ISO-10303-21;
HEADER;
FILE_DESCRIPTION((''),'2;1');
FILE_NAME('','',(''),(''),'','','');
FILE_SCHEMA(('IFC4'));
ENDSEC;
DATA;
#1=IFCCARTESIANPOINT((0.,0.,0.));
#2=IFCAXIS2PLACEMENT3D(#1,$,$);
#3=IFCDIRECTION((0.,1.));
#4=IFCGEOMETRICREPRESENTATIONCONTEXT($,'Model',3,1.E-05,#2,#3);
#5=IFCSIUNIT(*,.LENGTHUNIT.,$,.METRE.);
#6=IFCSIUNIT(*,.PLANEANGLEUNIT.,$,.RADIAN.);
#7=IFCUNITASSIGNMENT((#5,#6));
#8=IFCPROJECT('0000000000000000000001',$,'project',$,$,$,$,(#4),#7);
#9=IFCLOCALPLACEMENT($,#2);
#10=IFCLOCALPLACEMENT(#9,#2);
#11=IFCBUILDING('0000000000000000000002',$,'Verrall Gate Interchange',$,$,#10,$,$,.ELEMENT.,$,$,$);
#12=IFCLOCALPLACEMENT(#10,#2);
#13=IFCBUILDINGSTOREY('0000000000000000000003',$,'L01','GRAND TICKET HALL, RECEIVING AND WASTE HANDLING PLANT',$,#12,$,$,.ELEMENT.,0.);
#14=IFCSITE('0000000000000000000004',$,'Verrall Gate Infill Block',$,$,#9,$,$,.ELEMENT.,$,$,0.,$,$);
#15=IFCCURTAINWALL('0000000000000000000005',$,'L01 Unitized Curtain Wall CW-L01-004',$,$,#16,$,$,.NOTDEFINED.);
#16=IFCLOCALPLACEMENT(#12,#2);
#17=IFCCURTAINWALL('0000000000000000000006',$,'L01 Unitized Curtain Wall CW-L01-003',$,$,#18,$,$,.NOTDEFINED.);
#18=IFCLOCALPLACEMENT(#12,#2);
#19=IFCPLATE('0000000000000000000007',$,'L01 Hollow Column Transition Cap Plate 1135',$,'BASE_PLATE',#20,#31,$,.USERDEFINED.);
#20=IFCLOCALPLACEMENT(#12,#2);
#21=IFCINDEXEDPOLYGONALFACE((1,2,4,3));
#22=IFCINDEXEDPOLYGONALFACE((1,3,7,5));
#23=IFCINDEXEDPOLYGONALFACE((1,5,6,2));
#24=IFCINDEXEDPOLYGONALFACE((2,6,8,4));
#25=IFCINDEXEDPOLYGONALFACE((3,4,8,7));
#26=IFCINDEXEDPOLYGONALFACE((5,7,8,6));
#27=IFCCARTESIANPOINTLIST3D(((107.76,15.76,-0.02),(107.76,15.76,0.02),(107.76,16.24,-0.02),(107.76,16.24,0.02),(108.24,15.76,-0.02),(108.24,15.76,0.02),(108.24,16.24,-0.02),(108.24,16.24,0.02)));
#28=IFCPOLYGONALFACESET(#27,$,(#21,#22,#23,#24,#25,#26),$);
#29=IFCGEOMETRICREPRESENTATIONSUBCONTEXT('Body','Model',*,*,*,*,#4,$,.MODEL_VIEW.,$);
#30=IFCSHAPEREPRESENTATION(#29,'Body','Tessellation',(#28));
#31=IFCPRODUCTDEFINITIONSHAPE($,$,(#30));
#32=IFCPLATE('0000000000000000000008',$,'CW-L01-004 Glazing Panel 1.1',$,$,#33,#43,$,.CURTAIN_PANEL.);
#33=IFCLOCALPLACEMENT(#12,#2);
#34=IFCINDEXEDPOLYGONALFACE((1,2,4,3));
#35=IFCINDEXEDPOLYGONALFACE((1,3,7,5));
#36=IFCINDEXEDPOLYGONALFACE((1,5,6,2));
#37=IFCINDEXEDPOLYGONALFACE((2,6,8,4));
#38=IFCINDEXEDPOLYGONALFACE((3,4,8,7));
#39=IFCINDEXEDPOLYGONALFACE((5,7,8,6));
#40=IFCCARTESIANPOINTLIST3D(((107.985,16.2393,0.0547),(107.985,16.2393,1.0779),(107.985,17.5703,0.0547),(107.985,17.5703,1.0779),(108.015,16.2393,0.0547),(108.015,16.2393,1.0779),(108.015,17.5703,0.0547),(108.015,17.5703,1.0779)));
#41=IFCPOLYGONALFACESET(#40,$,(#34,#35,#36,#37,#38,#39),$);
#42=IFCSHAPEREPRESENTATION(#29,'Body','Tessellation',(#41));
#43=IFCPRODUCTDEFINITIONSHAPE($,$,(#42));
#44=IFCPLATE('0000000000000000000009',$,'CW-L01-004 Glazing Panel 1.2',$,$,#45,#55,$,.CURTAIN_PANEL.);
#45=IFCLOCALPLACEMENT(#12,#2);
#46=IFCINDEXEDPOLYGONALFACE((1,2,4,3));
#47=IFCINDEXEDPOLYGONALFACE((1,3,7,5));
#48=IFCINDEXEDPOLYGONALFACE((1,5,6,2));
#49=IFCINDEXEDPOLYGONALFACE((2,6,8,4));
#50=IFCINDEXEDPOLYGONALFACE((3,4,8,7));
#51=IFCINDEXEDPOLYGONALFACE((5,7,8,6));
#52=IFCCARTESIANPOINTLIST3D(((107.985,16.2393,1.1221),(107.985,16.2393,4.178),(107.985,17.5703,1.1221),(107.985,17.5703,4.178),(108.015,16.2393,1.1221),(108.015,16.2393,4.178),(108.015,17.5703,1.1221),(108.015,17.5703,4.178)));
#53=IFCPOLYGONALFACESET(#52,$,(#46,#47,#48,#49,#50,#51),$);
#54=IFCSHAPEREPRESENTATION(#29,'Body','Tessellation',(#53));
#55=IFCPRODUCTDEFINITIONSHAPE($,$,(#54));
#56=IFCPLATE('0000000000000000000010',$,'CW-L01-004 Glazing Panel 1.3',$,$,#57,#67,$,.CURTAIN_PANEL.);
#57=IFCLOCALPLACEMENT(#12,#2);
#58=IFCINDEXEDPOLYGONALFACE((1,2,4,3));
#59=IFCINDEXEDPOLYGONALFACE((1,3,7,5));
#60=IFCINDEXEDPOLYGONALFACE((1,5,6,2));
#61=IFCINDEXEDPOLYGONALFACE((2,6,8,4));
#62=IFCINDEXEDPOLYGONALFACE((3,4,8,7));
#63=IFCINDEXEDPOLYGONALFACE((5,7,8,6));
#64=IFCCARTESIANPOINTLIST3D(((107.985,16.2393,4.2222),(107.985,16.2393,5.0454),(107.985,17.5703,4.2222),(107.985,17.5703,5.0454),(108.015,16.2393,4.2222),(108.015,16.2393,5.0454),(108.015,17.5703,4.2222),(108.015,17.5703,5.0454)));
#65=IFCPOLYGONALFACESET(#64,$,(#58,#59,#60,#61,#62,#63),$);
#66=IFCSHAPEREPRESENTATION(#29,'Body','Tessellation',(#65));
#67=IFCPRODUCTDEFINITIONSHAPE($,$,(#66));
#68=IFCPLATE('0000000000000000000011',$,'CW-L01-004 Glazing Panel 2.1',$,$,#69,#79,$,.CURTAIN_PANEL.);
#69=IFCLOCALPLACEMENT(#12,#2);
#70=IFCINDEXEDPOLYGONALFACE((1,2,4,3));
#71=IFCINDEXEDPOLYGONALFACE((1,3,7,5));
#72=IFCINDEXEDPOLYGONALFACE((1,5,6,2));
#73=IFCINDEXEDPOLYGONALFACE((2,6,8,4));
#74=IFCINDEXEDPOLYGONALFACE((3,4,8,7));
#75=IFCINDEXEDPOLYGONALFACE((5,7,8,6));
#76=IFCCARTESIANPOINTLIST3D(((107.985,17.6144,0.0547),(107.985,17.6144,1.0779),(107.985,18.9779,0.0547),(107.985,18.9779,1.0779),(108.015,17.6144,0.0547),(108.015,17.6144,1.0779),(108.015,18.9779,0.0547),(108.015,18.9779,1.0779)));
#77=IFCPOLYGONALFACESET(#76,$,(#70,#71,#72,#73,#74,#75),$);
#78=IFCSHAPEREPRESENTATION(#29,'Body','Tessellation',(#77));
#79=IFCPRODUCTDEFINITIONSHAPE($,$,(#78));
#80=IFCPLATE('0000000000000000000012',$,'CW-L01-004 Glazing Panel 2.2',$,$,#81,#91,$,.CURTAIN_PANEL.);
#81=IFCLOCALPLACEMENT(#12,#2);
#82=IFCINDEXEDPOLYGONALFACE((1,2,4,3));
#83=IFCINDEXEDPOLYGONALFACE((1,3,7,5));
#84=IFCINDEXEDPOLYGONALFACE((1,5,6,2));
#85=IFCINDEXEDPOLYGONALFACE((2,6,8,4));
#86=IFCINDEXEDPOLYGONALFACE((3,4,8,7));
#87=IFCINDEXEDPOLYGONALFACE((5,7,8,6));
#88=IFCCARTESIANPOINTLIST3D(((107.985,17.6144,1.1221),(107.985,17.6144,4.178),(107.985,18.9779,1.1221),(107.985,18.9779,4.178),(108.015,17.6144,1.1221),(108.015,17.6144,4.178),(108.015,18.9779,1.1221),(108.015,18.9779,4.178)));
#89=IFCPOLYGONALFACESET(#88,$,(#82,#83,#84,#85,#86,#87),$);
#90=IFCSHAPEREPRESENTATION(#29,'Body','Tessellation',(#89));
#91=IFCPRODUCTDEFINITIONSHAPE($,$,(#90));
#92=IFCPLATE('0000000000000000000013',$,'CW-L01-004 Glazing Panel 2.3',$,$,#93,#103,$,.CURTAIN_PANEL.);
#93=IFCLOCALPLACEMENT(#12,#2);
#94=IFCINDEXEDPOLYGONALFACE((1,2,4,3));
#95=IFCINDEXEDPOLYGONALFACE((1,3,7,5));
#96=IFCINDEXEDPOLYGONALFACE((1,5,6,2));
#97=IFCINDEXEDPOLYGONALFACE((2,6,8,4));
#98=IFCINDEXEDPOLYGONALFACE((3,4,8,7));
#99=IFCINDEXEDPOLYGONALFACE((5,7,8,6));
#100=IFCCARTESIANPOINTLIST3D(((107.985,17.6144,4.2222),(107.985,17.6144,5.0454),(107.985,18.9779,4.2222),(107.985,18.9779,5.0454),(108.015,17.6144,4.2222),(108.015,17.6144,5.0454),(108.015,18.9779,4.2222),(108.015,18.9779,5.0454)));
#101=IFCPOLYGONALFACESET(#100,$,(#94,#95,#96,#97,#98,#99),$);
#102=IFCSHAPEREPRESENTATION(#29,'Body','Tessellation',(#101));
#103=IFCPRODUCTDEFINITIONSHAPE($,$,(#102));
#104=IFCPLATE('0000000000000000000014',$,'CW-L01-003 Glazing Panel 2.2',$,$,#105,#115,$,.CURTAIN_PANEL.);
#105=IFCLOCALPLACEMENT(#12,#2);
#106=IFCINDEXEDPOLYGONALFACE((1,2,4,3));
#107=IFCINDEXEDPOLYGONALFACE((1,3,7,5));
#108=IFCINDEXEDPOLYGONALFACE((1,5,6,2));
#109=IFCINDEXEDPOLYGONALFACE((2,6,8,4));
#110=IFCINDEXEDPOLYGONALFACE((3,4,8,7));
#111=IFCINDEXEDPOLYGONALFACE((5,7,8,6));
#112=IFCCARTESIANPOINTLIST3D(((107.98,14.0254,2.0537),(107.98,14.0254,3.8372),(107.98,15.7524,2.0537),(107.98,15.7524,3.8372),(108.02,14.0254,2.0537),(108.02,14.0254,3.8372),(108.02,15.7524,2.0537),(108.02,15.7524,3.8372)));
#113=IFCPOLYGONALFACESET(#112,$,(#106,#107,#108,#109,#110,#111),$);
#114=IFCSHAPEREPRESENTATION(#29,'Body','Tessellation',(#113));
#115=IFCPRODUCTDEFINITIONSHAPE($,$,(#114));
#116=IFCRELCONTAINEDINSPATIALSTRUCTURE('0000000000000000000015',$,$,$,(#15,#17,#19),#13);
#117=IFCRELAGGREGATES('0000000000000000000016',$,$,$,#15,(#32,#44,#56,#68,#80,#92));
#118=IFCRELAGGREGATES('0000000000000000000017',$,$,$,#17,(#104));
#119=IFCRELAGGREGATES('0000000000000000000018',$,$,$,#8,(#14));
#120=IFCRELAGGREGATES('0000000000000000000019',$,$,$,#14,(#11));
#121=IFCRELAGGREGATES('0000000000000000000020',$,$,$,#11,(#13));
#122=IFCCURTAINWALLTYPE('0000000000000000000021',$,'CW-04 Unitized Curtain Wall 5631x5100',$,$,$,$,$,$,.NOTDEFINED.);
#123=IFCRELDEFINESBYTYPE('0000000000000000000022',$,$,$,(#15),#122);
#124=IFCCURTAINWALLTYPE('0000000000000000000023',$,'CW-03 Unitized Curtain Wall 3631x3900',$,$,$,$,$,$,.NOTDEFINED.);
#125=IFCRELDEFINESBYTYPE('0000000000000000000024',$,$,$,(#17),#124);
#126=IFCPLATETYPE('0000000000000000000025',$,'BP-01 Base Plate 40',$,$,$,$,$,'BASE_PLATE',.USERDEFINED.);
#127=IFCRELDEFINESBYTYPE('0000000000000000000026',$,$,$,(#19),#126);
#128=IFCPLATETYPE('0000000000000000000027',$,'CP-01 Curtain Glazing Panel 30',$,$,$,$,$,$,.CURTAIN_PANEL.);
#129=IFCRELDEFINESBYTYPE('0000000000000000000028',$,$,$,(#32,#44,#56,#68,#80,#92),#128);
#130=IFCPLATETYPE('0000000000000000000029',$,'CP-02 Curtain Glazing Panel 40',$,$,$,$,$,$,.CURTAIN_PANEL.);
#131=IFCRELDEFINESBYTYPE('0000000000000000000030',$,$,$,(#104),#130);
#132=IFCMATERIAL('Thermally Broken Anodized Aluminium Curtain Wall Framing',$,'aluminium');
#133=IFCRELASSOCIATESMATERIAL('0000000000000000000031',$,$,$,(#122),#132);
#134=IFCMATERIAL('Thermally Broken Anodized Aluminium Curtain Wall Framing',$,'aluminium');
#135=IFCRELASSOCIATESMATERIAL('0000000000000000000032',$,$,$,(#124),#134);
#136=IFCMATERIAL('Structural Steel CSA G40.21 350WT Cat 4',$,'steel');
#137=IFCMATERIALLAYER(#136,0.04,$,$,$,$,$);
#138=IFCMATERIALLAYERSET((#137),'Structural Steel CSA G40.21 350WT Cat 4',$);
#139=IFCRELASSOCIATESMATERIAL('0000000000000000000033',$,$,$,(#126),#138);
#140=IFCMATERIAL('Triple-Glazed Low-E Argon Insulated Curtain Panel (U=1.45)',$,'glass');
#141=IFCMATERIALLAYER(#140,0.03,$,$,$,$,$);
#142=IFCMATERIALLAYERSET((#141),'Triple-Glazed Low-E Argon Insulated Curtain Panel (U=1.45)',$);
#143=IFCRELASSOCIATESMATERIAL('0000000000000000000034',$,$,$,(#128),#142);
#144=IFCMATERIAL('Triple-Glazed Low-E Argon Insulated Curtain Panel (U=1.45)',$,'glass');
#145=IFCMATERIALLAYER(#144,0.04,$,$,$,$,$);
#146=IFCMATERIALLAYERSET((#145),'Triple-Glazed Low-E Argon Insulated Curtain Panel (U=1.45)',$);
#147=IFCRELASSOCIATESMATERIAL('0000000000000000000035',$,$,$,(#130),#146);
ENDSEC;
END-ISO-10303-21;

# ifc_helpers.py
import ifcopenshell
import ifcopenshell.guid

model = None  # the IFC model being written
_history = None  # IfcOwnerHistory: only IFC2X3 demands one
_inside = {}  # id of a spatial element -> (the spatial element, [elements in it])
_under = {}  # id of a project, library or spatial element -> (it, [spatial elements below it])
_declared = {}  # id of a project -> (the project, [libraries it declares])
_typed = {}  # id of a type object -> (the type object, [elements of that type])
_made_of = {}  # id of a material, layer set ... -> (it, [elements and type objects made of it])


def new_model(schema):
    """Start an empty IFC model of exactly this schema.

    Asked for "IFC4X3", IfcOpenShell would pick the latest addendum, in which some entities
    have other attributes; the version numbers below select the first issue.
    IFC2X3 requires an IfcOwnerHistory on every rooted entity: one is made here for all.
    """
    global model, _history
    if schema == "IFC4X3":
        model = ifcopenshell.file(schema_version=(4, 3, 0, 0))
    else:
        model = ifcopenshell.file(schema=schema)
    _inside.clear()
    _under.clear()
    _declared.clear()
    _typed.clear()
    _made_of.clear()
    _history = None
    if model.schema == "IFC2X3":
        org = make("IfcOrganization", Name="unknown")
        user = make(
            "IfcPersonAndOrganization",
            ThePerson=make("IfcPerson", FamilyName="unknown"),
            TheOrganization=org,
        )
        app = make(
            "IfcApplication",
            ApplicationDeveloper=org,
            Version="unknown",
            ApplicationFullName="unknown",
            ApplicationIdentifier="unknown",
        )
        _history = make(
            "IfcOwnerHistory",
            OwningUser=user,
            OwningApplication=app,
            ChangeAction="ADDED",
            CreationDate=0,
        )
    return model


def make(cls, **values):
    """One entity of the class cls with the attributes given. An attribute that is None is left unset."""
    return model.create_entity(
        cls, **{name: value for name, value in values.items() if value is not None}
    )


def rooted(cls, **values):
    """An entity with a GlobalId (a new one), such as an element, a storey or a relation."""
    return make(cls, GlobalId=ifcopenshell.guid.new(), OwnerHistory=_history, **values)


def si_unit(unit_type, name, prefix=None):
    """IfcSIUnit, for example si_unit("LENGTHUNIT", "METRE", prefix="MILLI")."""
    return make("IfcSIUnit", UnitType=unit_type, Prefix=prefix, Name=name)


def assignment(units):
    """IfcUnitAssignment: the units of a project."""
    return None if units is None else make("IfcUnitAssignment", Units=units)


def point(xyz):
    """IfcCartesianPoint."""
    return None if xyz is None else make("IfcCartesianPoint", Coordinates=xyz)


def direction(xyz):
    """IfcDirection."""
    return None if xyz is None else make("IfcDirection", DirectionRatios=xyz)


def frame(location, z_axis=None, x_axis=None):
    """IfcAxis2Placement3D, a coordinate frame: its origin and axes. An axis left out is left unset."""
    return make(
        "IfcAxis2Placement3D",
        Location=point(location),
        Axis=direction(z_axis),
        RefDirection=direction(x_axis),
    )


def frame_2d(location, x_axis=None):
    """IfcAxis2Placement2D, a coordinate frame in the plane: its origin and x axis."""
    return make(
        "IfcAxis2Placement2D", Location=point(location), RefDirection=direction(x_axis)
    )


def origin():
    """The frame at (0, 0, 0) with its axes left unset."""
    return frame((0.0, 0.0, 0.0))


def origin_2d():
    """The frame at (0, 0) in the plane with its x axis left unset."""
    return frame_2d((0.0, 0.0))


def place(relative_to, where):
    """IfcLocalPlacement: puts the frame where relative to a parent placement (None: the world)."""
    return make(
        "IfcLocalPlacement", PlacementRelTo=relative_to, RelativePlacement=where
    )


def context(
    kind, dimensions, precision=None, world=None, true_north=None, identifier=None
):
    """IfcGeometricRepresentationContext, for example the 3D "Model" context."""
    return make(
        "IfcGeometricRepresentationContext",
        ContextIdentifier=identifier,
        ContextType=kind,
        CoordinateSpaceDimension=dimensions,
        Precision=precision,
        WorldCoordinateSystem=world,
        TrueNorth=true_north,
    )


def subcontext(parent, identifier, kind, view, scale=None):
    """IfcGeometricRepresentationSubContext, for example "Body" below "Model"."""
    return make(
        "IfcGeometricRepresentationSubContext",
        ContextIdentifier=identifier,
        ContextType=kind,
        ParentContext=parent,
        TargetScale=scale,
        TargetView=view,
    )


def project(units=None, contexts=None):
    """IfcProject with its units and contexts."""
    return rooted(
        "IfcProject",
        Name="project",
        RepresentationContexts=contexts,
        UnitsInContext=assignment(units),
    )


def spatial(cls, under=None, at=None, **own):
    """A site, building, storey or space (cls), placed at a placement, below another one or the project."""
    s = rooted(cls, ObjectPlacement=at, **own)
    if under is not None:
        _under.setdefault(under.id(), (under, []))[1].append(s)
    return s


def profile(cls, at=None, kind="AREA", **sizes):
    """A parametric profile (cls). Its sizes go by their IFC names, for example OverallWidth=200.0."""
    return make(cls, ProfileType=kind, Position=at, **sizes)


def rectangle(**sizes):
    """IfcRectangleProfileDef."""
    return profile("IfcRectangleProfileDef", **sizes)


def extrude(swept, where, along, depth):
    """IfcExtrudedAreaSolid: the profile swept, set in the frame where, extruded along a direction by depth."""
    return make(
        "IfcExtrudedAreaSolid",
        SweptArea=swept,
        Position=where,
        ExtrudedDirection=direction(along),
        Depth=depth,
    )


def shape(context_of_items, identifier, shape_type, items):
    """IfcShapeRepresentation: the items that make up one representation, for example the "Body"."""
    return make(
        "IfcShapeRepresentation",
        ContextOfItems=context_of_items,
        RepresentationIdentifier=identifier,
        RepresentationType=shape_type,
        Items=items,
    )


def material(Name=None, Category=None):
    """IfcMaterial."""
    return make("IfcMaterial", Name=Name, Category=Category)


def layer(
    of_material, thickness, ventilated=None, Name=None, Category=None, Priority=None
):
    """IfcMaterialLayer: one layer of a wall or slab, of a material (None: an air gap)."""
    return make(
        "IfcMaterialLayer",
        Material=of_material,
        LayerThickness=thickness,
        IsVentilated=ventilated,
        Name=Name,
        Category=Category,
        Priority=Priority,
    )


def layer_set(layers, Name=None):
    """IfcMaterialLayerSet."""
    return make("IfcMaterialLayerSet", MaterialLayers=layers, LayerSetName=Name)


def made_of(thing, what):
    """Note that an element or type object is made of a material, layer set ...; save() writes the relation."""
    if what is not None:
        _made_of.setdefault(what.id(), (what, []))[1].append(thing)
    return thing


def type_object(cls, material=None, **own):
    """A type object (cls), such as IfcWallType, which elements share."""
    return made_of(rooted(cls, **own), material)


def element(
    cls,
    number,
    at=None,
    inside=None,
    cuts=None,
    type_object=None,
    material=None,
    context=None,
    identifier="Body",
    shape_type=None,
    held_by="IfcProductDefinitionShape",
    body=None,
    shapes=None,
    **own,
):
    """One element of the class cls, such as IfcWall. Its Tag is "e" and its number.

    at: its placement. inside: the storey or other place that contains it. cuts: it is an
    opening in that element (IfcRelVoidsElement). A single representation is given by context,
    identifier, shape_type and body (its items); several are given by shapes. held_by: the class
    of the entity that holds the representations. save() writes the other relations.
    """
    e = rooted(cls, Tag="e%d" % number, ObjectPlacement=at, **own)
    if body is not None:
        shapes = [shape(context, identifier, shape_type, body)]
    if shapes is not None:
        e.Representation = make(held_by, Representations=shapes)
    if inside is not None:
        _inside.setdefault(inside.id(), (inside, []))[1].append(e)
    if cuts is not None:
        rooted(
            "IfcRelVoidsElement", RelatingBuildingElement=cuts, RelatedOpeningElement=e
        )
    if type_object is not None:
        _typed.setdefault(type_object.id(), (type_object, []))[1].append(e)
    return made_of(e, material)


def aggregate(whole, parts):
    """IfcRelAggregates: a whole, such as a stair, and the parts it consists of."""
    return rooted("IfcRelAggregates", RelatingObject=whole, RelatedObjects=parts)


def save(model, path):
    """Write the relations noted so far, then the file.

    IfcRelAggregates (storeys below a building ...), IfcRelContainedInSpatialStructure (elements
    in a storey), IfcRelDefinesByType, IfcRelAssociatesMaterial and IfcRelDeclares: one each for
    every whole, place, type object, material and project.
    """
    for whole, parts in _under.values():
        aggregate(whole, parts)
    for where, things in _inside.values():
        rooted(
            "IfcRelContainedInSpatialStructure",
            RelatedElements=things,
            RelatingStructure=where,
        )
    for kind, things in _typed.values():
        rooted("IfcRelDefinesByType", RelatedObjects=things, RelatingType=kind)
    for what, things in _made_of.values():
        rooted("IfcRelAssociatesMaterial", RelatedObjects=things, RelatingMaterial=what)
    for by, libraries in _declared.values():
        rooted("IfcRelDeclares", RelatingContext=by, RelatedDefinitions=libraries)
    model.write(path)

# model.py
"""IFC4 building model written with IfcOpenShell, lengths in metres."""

from ifc_helpers import new_model, si_unit, direction, frame, origin, origin_2d, place, context, subcontext, project, spatial, rectangle, extrude, material, layer, layer_set, type_object, element, aggregate, save


model = new_model("IFC4")

# Units and contexts
model_context = context("Model", 3, precision=1e-05, world=origin(), true_north=direction((0.0, 1.0)))
body_context = subcontext(model_context, "Body", "Model", "MODEL_VIEW")
ifc_project = project(units=[si_unit("LENGTHUNIT", "METRE"), si_unit("PLANEANGLEUNIT", "RADIAN")], contexts=[model_context])

# Site, building, storey
site_placement = place(None, origin())
site = spatial("IfcSite", under=ifc_project, at=site_placement, Name="Verrall Gate Infill Block", CompositionType="ELEMENT", RefElevation=0.0)
building_placement = place(site_placement, origin())
building = spatial("IfcBuilding", under=site, at=building_placement, Name="Verrall Gate Interchange", CompositionType="ELEMENT")
storey_placement = place(building_placement, origin())
storey = spatial("IfcBuildingStorey", under=building, at=storey_placement, Name="L01", Description="GRAND TICKET HALL, RECEIVING AND WASTE HANDLING PLANT", CompositionType="ELEMENT", Elevation=0.0)

# Curtain wall
ifc_material_1 = material(Name="Thermally Broken Anodized Aluminium Curtain Wall Framing", Category="aluminium")
curtain_wall_type_1 = type_object("IfcCurtainWallType", Name="CW-04 Unitized Curtain Wall 5631x5100", PredefinedType="NOTDEFINED", material=ifc_material_1)
curtain_wall_1_placement = place(storey_placement, origin())
curtain_wall_1 = element("IfcCurtainWall", 1, at=curtain_wall_1_placement, inside=storey, type_object=curtain_wall_type_1, Name="L01 Unitized Curtain Wall CW-L01-004", PredefinedType="NOTDEFINED")

# Curtain wall
ifc_material_2 = material(Name="Thermally Broken Anodized Aluminium Curtain Wall Framing", Category="aluminium")
curtain_wall_type_2 = type_object("IfcCurtainWallType", Name="CW-03 Unitized Curtain Wall 3631x3900", PredefinedType="NOTDEFINED", material=ifc_material_2)
curtain_wall_2_placement = place(storey_placement, origin())
curtain_wall_2 = element("IfcCurtainWall", 2, at=curtain_wall_2_placement, inside=storey, type_object=curtain_wall_type_2, Name="L01 Unitized Curtain Wall CW-L01-003", PredefinedType="NOTDEFINED")

# Plates
ifc_material_3 = material(Name="Structural Steel CSA G40.21 350WT Cat 4", Category="steel")
ifc_layer_1 = layer(ifc_material_3, 0.04)
ifc_layer_set_1 = layer_set([ifc_layer_1], Name="Structural Steel CSA G40.21 350WT Cat 4")
plate_type_1 = type_object("IfcPlateType", Name="BP-01 Base Plate 40", ElementType="BASE_PLATE", PredefinedType="USERDEFINED", material=ifc_layer_set_1)
plate_1_placement = place(storey_placement, frame((108.0, 16.0, -0.02), z_axis=(0.0, 0.0, 1.0), x_axis=(1.0, 0.0, 0.0)))
element("IfcPlate", 3, at=plate_1_placement, inside=storey, type_object=plate_type_1, Name="L01 Hollow Column Transition Cap Plate 1135", ObjectType="BASE_PLATE", PredefinedType="USERDEFINED", context=body_context, shape_type="SweptSolid", body=[
    extrude(rectangle(XDim=0.48, YDim=0.48, at=origin_2d()), origin(), (0.0, 0.0, 1.0), 0.04),
])
ifc_material_4 = material(Name="Triple-Glazed Low-E Argon Insulated Curtain Panel (U=1.45)", Category="glass")
ifc_layer_2 = layer(ifc_material_4, 0.03)
ifc_layer_set_2 = layer_set([ifc_layer_2], Name="Triple-Glazed Low-E Argon Insulated Curtain Panel (U=1.45)")
plate_type_2 = type_object("IfcPlateType", Name="CP-01 Curtain Glazing Panel 30", PredefinedType="CURTAIN_PANEL", material=ifc_layer_set_2)
plate_2_placement = place(storey_placement, frame((108.0, 16.9048, 0.0547), z_axis=(0.0, 0.0, 1.0), x_axis=(0.0, 1.0, 0.0)))
plate_2 = element("IfcPlate", 4, at=plate_2_placement, type_object=plate_type_2, Name="CW-L01-004 Glazing Panel 1.1", PredefinedType="CURTAIN_PANEL", context=body_context, shape_type="SweptSolid", body=[
    extrude(rectangle(XDim=1.3311, YDim=0.03, at=origin_2d()), origin(), (0.0, 0.0, 1.0), 1.0232),
])
plate_3_placement = place(storey_placement, frame((108.0, 16.9048, 1.1221), z_axis=(0.0, 0.0, 1.0), x_axis=(0.0, 1.0, 0.0)))
plate_3 = element("IfcPlate", 5, at=plate_3_placement, type_object=plate_type_2, Name="CW-L01-004 Glazing Panel 1.2", PredefinedType="CURTAIN_PANEL", context=body_context, shape_type="SweptSolid", body=[
    extrude(rectangle(XDim=1.3311, YDim=0.03, at=origin_2d()), origin(), (0.0, 0.0, 1.0), 3.0559),
])
plate_4_placement = place(storey_placement, frame((108.0, 16.9048, 4.2222), z_axis=(0.0, 0.0, 1.0), x_axis=(0.0, 1.0, 0.0)))
plate_4 = element("IfcPlate", 6, at=plate_4_placement, type_object=plate_type_2, Name="CW-L01-004 Glazing Panel 1.3", PredefinedType="CURTAIN_PANEL", context=body_context, shape_type="SweptSolid", body=[
    extrude(rectangle(XDim=1.3311, YDim=0.03, at=origin_2d()), origin(), (0.0, 0.0, 1.0), 0.8232),
])
plate_5_placement = place(storey_placement, frame((108.0, 18.2961, 0.0547), z_axis=(0.0, 0.0, 1.0), x_axis=(0.0, 1.0, 0.0)))
plate_5 = element("IfcPlate", 7, at=plate_5_placement, type_object=plate_type_2, Name="CW-L01-004 Glazing Panel 2.1", PredefinedType="CURTAIN_PANEL", context=body_context, shape_type="SweptSolid", body=[
    extrude(rectangle(XDim=1.3635, YDim=0.03, at=origin_2d()), origin(), (0.0, 0.0, 1.0), 1.0232),
])
plate_6_placement = place(storey_placement, frame((108.0, 18.2961, 1.1221), z_axis=(0.0, 0.0, 1.0), x_axis=(0.0, 1.0, 0.0)))
plate_6 = element("IfcPlate", 8, at=plate_6_placement, type_object=plate_type_2, Name="CW-L01-004 Glazing Panel 2.2", PredefinedType="CURTAIN_PANEL", context=body_context, shape_type="SweptSolid", body=[
    extrude(rectangle(XDim=1.3635, YDim=0.03, at=origin_2d()), origin(), (0.0, 0.0, 1.0), 3.0559),
])
plate_7_placement = place(storey_placement, frame((108.0, 18.2961, 4.2222), z_axis=(0.0, 0.0, 1.0), x_axis=(0.0, 1.0, 0.0)))
plate_7 = element("IfcPlate", 9, at=plate_7_placement, type_object=plate_type_2, Name="CW-L01-004 Glazing Panel 2.3", PredefinedType="CURTAIN_PANEL", context=body_context, shape_type="SweptSolid", body=[
    extrude(rectangle(XDim=1.3635, YDim=0.03, at=origin_2d()), origin(), (0.0, 0.0, 1.0), 0.8232),
])
aggregate(curtain_wall_1, [plate_2, plate_3, plate_4, plate_5, plate_6, plate_7])
ifc_material_5 = material(Name="Triple-Glazed Low-E Argon Insulated Curtain Panel (U=1.45)", Category="glass")
ifc_layer_3 = layer(ifc_material_5, 0.04)
ifc_layer_set_3 = layer_set([ifc_layer_3], Name="Triple-Glazed Low-E Argon Insulated Curtain Panel (U=1.45)")
plate_type_3 = type_object("IfcPlateType", Name="CP-02 Curtain Glazing Panel 40", PredefinedType="CURTAIN_PANEL", material=ifc_layer_set_3)
plate_8_placement = place(storey_placement, frame((108.0, 14.8889, 2.0537), z_axis=(0.0, 0.0, 1.0), x_axis=(0.0, 1.0, 0.0)))
plate_8 = element("IfcPlate", 10, at=plate_8_placement, type_object=plate_type_3, Name="CW-L01-003 Glazing Panel 2.2", PredefinedType="CURTAIN_PANEL", context=body_context, shape_type="SweptSolid", body=[
    extrude(rectangle(XDim=1.7271, YDim=0.04, at=origin_2d()), origin(), (0.0, 0.0, 1.0), 1.7834),
])
aggregate(curtain_wall_2, [plate_8])

save(model, "model.ifc")
